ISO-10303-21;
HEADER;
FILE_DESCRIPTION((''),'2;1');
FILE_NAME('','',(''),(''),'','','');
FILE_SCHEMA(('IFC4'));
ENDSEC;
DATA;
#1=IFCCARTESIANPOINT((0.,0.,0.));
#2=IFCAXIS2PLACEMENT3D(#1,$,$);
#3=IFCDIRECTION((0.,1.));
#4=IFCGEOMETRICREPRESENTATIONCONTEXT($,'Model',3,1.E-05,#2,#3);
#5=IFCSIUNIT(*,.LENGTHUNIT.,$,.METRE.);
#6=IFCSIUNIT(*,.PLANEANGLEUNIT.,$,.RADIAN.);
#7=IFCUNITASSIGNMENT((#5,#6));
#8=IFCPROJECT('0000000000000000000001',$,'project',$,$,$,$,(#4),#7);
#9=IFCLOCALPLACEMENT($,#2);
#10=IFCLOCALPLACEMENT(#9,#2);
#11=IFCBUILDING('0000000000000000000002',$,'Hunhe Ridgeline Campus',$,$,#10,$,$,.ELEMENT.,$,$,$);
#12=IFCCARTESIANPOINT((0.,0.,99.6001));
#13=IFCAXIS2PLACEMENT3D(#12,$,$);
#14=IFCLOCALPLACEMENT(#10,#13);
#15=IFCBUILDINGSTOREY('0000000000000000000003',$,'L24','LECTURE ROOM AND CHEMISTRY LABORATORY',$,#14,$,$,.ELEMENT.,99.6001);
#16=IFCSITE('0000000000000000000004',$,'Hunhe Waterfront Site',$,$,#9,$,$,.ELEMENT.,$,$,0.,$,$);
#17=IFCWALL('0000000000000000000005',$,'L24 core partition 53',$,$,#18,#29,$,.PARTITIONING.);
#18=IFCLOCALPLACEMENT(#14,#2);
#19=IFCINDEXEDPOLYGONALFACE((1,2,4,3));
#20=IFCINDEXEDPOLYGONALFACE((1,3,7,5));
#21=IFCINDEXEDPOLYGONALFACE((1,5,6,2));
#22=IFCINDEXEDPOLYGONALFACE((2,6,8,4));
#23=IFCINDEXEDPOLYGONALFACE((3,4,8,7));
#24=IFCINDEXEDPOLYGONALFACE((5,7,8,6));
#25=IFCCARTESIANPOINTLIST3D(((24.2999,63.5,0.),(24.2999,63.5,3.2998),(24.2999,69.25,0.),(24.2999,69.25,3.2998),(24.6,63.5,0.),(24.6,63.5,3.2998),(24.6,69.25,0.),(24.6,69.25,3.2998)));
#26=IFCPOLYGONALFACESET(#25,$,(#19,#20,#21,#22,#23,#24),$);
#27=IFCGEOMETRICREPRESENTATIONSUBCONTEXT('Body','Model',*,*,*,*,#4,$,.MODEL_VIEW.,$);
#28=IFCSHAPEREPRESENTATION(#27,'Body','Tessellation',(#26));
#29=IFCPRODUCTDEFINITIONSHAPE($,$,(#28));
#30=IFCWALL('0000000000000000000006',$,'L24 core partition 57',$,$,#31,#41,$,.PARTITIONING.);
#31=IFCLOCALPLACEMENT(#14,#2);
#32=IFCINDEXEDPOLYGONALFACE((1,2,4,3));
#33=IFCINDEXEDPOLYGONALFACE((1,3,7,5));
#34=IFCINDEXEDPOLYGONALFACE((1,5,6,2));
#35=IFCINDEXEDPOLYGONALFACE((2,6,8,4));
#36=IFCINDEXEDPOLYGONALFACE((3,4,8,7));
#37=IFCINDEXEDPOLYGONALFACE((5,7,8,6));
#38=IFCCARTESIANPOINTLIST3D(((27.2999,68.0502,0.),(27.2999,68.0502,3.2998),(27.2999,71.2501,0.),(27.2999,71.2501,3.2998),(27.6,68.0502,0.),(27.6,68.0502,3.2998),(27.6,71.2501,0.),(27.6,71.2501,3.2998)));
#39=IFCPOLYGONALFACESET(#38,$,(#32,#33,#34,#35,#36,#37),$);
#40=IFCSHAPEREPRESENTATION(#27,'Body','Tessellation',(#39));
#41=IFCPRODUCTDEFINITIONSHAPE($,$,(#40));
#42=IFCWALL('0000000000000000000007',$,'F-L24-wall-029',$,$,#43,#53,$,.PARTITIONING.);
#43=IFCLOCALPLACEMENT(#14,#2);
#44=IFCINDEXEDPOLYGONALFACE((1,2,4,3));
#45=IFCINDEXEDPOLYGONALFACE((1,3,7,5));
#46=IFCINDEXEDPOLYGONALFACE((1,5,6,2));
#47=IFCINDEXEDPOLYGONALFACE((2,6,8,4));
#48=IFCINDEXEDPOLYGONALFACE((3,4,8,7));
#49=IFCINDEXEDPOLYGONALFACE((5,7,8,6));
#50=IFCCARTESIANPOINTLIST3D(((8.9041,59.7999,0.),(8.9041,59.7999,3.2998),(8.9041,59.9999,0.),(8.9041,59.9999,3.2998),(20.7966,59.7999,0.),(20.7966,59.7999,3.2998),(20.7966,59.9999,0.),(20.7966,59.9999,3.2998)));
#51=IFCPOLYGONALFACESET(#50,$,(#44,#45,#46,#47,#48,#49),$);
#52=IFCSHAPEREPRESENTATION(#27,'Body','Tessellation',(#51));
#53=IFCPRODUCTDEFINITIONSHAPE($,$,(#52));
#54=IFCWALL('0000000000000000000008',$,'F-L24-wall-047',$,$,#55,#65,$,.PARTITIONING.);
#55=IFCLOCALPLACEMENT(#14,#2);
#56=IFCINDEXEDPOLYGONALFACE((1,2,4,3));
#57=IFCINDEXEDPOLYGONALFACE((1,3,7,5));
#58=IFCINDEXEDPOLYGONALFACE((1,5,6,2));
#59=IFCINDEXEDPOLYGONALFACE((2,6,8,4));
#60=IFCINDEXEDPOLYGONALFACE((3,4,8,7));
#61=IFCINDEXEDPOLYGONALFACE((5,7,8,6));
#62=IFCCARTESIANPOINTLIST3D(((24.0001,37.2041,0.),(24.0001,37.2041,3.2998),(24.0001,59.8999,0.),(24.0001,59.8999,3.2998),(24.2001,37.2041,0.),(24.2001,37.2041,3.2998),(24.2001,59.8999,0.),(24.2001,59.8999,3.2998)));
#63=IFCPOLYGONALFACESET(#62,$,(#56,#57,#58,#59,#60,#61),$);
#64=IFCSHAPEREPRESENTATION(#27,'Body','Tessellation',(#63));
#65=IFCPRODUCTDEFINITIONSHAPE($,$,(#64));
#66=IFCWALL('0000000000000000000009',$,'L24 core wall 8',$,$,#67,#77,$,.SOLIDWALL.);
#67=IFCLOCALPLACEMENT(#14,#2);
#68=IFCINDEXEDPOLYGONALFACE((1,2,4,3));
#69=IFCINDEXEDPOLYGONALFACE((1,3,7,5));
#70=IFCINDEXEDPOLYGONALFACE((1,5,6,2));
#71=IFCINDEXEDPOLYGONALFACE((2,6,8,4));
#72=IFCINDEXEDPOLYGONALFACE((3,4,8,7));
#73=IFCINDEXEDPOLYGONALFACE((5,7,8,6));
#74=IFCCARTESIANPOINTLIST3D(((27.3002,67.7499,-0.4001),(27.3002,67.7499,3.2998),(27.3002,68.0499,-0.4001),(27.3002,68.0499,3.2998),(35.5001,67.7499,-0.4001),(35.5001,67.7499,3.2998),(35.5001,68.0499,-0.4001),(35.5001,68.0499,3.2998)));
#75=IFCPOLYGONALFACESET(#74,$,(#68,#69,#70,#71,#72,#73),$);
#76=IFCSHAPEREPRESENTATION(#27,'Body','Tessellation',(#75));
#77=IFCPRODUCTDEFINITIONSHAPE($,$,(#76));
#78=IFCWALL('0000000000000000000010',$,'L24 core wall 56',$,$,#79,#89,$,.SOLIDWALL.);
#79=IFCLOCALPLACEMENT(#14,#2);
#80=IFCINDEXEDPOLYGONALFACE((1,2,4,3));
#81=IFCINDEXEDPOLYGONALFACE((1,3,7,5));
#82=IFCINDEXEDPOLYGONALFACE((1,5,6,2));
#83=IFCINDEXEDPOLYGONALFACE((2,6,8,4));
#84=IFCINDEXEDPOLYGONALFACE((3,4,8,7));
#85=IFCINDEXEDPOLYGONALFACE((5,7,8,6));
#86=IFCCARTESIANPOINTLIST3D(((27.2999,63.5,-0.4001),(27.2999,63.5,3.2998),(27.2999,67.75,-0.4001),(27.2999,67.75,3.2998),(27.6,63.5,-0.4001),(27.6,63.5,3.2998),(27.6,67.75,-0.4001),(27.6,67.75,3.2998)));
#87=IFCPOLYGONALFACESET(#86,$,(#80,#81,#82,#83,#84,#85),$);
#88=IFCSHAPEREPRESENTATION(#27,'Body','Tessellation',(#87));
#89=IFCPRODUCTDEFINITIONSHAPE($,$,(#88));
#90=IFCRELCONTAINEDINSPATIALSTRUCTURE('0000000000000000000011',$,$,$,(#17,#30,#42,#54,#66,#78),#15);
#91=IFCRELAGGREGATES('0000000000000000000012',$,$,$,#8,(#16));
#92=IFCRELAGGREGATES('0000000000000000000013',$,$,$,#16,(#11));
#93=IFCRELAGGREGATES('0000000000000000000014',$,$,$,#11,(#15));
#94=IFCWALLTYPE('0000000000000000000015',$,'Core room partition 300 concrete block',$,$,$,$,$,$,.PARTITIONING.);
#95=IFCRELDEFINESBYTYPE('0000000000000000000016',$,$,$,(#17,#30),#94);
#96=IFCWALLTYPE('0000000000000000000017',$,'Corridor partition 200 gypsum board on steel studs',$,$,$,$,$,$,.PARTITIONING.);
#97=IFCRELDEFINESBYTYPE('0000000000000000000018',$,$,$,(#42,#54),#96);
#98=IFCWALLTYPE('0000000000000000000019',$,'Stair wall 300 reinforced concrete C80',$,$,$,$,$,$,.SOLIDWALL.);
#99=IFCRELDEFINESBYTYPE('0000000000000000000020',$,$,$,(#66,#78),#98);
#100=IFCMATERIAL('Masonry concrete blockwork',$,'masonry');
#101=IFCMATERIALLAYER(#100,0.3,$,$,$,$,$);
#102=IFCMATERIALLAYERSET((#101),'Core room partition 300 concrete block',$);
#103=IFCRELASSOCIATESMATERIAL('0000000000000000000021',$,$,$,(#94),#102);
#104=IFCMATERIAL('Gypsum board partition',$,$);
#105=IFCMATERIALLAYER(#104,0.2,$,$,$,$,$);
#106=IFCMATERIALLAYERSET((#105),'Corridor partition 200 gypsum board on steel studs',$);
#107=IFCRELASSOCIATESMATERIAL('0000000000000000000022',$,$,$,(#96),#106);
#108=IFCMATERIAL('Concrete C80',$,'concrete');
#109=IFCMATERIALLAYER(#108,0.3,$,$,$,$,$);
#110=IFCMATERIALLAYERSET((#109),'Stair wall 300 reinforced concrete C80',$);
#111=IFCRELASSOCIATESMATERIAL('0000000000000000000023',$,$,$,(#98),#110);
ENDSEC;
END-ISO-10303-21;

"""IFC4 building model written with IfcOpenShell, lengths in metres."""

from ifc_helpers import new_model, si_unit, direction, frame, frame_2d, origin, place, context, subcontext, project, spatial, rectangle, extrude, material, layer, layer_set, type_object, element, save


model = new_model("IFC4")

# Units and contexts
model_context = context("Model", 3, precision=1e-05, world=origin(), true_north=direction((0.0, 1.0)))
body_context = subcontext(model_context, "Body", "Model", "MODEL_VIEW")
ifc_project = project(units=[si_unit("LENGTHUNIT", "METRE"), si_unit("PLANEANGLEUNIT", "RADIAN")], contexts=[model_context])

# Site, building, storey
site_placement = place(None, origin())
site = spatial("IfcSite", under=ifc_project, at=site_placement, Name="Hunhe Waterfront Site", CompositionType="ELEMENT", RefElevation=0.0)
building_placement = place(site_placement, origin())
building = spatial("IfcBuilding", under=site, at=building_placement, Name="Hunhe Ridgeline Campus", CompositionType="ELEMENT")
storey_placement = place(building_placement, frame((0.0, 0.0, 99.6001)))
storey = spatial("IfcBuildingStorey", under=building, at=storey_placement, Name="L24", Description="LECTURE ROOM AND CHEMISTRY LABORATORY", CompositionType="ELEMENT", Elevation=99.6001)

# Walls
ifc_material_1 = material(Name="Masonry concrete blockwork", Category="masonry")
ifc_layer_1 = layer(ifc_material_1, 0.3)
ifc_layer_set_1 = layer_set([ifc_layer_1], Name="Core room partition 300 concrete block")
wall_type_1 = type_object("IfcWallType", Name="Core room partition 300 concrete block", PredefinedType="PARTITIONING", material=ifc_layer_set_1)
wall_1_placement = place(storey_placement, frame((24.45, 63.5, 0.0), z_axis=(0.0, 0.0, 1.0), x_axis=(0.0, 1.0, 0.0)))
element("IfcWall", 1, at=wall_1_placement, inside=storey, type_object=wall_type_1, Name="L24 core partition 53", PredefinedType="PARTITIONING", context=body_context, shape_type="SweptSolid", body=[
    extrude(rectangle(XDim=5.75, YDim=0.3, at=frame_2d((2.875, 0.0))), origin(), (0.0, 0.0, 1.0), 3.2998),
])
wall_2_placement = place(storey_placement, frame((27.45, 68.05, 0.0), z_axis=(0.0, 0.0, 1.0), x_axis=(0.0, 1.0, 0.0)))
element("IfcWall", 2, at=wall_2_placement, inside=storey, type_object=wall_type_1, Name="L24 core partition 57", PredefinedType="PARTITIONING", context=body_context, shape_type="SweptSolid", body=[
    extrude(rectangle(XDim=3.2, YDim=0.3, at=frame_2d((1.6001, 0.0))), origin(), (0.0, 0.0, 1.0), 3.2998),
])
ifc_material_2 = material(Name="Gypsum board partition")
ifc_layer_2 = layer(ifc_material_2, 0.2)
ifc_layer_set_2 = layer_set([ifc_layer_2], Name="Corridor partition 200 gypsum board on steel studs")
wall_type_2 = type_object("IfcWallType", Name="Corridor partition 200 gypsum board on steel studs", PredefinedType="PARTITIONING", material=ifc_layer_set_2)
wall_3_placement = place(storey_placement, frame((20.7966, 59.8999, 0.0), z_axis=(0.0, 0.0, 1.0), x_axis=(-1.0, 0.0, 0.0)))
element("IfcWall", 3, at=wall_3_placement, inside=storey, type_object=wall_type_2, Name="F-L24-wall-029", PredefinedType="PARTITIONING", context=body_context, shape_type="SweptSolid", body=[
    extrude(rectangle(XDim=11.8926, YDim=0.2, at=frame_2d((5.9463, 0.0))), origin(), (0.0, 0.0, 1.0), 3.2998),
])

# Wall
wall_4_placement = place(storey_placement, frame((24.1001, 59.8999, 0.0), z_axis=(0.0, 0.0, 1.0), x_axis=(0.0, -1.0, 0.0)))
element("IfcWall", 4, at=wall_4_placement, inside=storey, type_object=wall_type_2, Name="F-L24-wall-047", PredefinedType="PARTITIONING", context=body_context, shape_type="SweptSolid", body=[
    extrude(rectangle(XDim=22.6958, YDim=0.2, at=frame_2d((11.3479, 0.0))), origin(), (0.0, 0.0, 1.0), 3.2998),
])

# Walls
ifc_material_3 = material(Name="Concrete C80", Category="concrete")
ifc_layer_3 = layer(ifc_material_3, 0.3)
ifc_layer_set_3 = layer_set([ifc_layer_3], Name="Stair wall 300 reinforced concrete C80")
wall_type_3 = type_object("IfcWallType", Name="Stair wall 300 reinforced concrete C80", PredefinedType="SOLIDWALL", material=ifc_layer_set_3)
wall_5_placement = place(storey_placement, frame((27.3, 67.8999, -0.4001), z_axis=(0.0, 0.0, 1.0), x_axis=(1.0, 0.0, 0.0)))
element("IfcWall", 5, at=wall_5_placement, inside=storey, type_object=wall_type_3, Name="L24 core wall 8", PredefinedType="SOLIDWALL", context=body_context, shape_type="SweptSolid", body=[
    extrude(rectangle(XDim=8.2, YDim=0.3, at=frame_2d((4.1001, 0.0))), origin(), (0.0, 0.0, 1.0), 3.7),
])
wall_6_placement = place(storey_placement, frame((27.45, 63.5, -0.4001), z_axis=(0.0, 0.0, 1.0), x_axis=(0.0, 1.0, 0.0)))
element("IfcWall", 6, at=wall_6_placement, inside=storey, type_object=wall_type_3, Name="L24 core wall 56", PredefinedType="SOLIDWALL", context=body_context, shape_type="SweptSolid", body=[
    extrude(rectangle(XDim=4.25, YDim=0.3, at=frame_2d((2.125, 0.0))), origin(), (0.0, 0.0, 1.0), 3.7),
])

save(model, "model.ifc")
